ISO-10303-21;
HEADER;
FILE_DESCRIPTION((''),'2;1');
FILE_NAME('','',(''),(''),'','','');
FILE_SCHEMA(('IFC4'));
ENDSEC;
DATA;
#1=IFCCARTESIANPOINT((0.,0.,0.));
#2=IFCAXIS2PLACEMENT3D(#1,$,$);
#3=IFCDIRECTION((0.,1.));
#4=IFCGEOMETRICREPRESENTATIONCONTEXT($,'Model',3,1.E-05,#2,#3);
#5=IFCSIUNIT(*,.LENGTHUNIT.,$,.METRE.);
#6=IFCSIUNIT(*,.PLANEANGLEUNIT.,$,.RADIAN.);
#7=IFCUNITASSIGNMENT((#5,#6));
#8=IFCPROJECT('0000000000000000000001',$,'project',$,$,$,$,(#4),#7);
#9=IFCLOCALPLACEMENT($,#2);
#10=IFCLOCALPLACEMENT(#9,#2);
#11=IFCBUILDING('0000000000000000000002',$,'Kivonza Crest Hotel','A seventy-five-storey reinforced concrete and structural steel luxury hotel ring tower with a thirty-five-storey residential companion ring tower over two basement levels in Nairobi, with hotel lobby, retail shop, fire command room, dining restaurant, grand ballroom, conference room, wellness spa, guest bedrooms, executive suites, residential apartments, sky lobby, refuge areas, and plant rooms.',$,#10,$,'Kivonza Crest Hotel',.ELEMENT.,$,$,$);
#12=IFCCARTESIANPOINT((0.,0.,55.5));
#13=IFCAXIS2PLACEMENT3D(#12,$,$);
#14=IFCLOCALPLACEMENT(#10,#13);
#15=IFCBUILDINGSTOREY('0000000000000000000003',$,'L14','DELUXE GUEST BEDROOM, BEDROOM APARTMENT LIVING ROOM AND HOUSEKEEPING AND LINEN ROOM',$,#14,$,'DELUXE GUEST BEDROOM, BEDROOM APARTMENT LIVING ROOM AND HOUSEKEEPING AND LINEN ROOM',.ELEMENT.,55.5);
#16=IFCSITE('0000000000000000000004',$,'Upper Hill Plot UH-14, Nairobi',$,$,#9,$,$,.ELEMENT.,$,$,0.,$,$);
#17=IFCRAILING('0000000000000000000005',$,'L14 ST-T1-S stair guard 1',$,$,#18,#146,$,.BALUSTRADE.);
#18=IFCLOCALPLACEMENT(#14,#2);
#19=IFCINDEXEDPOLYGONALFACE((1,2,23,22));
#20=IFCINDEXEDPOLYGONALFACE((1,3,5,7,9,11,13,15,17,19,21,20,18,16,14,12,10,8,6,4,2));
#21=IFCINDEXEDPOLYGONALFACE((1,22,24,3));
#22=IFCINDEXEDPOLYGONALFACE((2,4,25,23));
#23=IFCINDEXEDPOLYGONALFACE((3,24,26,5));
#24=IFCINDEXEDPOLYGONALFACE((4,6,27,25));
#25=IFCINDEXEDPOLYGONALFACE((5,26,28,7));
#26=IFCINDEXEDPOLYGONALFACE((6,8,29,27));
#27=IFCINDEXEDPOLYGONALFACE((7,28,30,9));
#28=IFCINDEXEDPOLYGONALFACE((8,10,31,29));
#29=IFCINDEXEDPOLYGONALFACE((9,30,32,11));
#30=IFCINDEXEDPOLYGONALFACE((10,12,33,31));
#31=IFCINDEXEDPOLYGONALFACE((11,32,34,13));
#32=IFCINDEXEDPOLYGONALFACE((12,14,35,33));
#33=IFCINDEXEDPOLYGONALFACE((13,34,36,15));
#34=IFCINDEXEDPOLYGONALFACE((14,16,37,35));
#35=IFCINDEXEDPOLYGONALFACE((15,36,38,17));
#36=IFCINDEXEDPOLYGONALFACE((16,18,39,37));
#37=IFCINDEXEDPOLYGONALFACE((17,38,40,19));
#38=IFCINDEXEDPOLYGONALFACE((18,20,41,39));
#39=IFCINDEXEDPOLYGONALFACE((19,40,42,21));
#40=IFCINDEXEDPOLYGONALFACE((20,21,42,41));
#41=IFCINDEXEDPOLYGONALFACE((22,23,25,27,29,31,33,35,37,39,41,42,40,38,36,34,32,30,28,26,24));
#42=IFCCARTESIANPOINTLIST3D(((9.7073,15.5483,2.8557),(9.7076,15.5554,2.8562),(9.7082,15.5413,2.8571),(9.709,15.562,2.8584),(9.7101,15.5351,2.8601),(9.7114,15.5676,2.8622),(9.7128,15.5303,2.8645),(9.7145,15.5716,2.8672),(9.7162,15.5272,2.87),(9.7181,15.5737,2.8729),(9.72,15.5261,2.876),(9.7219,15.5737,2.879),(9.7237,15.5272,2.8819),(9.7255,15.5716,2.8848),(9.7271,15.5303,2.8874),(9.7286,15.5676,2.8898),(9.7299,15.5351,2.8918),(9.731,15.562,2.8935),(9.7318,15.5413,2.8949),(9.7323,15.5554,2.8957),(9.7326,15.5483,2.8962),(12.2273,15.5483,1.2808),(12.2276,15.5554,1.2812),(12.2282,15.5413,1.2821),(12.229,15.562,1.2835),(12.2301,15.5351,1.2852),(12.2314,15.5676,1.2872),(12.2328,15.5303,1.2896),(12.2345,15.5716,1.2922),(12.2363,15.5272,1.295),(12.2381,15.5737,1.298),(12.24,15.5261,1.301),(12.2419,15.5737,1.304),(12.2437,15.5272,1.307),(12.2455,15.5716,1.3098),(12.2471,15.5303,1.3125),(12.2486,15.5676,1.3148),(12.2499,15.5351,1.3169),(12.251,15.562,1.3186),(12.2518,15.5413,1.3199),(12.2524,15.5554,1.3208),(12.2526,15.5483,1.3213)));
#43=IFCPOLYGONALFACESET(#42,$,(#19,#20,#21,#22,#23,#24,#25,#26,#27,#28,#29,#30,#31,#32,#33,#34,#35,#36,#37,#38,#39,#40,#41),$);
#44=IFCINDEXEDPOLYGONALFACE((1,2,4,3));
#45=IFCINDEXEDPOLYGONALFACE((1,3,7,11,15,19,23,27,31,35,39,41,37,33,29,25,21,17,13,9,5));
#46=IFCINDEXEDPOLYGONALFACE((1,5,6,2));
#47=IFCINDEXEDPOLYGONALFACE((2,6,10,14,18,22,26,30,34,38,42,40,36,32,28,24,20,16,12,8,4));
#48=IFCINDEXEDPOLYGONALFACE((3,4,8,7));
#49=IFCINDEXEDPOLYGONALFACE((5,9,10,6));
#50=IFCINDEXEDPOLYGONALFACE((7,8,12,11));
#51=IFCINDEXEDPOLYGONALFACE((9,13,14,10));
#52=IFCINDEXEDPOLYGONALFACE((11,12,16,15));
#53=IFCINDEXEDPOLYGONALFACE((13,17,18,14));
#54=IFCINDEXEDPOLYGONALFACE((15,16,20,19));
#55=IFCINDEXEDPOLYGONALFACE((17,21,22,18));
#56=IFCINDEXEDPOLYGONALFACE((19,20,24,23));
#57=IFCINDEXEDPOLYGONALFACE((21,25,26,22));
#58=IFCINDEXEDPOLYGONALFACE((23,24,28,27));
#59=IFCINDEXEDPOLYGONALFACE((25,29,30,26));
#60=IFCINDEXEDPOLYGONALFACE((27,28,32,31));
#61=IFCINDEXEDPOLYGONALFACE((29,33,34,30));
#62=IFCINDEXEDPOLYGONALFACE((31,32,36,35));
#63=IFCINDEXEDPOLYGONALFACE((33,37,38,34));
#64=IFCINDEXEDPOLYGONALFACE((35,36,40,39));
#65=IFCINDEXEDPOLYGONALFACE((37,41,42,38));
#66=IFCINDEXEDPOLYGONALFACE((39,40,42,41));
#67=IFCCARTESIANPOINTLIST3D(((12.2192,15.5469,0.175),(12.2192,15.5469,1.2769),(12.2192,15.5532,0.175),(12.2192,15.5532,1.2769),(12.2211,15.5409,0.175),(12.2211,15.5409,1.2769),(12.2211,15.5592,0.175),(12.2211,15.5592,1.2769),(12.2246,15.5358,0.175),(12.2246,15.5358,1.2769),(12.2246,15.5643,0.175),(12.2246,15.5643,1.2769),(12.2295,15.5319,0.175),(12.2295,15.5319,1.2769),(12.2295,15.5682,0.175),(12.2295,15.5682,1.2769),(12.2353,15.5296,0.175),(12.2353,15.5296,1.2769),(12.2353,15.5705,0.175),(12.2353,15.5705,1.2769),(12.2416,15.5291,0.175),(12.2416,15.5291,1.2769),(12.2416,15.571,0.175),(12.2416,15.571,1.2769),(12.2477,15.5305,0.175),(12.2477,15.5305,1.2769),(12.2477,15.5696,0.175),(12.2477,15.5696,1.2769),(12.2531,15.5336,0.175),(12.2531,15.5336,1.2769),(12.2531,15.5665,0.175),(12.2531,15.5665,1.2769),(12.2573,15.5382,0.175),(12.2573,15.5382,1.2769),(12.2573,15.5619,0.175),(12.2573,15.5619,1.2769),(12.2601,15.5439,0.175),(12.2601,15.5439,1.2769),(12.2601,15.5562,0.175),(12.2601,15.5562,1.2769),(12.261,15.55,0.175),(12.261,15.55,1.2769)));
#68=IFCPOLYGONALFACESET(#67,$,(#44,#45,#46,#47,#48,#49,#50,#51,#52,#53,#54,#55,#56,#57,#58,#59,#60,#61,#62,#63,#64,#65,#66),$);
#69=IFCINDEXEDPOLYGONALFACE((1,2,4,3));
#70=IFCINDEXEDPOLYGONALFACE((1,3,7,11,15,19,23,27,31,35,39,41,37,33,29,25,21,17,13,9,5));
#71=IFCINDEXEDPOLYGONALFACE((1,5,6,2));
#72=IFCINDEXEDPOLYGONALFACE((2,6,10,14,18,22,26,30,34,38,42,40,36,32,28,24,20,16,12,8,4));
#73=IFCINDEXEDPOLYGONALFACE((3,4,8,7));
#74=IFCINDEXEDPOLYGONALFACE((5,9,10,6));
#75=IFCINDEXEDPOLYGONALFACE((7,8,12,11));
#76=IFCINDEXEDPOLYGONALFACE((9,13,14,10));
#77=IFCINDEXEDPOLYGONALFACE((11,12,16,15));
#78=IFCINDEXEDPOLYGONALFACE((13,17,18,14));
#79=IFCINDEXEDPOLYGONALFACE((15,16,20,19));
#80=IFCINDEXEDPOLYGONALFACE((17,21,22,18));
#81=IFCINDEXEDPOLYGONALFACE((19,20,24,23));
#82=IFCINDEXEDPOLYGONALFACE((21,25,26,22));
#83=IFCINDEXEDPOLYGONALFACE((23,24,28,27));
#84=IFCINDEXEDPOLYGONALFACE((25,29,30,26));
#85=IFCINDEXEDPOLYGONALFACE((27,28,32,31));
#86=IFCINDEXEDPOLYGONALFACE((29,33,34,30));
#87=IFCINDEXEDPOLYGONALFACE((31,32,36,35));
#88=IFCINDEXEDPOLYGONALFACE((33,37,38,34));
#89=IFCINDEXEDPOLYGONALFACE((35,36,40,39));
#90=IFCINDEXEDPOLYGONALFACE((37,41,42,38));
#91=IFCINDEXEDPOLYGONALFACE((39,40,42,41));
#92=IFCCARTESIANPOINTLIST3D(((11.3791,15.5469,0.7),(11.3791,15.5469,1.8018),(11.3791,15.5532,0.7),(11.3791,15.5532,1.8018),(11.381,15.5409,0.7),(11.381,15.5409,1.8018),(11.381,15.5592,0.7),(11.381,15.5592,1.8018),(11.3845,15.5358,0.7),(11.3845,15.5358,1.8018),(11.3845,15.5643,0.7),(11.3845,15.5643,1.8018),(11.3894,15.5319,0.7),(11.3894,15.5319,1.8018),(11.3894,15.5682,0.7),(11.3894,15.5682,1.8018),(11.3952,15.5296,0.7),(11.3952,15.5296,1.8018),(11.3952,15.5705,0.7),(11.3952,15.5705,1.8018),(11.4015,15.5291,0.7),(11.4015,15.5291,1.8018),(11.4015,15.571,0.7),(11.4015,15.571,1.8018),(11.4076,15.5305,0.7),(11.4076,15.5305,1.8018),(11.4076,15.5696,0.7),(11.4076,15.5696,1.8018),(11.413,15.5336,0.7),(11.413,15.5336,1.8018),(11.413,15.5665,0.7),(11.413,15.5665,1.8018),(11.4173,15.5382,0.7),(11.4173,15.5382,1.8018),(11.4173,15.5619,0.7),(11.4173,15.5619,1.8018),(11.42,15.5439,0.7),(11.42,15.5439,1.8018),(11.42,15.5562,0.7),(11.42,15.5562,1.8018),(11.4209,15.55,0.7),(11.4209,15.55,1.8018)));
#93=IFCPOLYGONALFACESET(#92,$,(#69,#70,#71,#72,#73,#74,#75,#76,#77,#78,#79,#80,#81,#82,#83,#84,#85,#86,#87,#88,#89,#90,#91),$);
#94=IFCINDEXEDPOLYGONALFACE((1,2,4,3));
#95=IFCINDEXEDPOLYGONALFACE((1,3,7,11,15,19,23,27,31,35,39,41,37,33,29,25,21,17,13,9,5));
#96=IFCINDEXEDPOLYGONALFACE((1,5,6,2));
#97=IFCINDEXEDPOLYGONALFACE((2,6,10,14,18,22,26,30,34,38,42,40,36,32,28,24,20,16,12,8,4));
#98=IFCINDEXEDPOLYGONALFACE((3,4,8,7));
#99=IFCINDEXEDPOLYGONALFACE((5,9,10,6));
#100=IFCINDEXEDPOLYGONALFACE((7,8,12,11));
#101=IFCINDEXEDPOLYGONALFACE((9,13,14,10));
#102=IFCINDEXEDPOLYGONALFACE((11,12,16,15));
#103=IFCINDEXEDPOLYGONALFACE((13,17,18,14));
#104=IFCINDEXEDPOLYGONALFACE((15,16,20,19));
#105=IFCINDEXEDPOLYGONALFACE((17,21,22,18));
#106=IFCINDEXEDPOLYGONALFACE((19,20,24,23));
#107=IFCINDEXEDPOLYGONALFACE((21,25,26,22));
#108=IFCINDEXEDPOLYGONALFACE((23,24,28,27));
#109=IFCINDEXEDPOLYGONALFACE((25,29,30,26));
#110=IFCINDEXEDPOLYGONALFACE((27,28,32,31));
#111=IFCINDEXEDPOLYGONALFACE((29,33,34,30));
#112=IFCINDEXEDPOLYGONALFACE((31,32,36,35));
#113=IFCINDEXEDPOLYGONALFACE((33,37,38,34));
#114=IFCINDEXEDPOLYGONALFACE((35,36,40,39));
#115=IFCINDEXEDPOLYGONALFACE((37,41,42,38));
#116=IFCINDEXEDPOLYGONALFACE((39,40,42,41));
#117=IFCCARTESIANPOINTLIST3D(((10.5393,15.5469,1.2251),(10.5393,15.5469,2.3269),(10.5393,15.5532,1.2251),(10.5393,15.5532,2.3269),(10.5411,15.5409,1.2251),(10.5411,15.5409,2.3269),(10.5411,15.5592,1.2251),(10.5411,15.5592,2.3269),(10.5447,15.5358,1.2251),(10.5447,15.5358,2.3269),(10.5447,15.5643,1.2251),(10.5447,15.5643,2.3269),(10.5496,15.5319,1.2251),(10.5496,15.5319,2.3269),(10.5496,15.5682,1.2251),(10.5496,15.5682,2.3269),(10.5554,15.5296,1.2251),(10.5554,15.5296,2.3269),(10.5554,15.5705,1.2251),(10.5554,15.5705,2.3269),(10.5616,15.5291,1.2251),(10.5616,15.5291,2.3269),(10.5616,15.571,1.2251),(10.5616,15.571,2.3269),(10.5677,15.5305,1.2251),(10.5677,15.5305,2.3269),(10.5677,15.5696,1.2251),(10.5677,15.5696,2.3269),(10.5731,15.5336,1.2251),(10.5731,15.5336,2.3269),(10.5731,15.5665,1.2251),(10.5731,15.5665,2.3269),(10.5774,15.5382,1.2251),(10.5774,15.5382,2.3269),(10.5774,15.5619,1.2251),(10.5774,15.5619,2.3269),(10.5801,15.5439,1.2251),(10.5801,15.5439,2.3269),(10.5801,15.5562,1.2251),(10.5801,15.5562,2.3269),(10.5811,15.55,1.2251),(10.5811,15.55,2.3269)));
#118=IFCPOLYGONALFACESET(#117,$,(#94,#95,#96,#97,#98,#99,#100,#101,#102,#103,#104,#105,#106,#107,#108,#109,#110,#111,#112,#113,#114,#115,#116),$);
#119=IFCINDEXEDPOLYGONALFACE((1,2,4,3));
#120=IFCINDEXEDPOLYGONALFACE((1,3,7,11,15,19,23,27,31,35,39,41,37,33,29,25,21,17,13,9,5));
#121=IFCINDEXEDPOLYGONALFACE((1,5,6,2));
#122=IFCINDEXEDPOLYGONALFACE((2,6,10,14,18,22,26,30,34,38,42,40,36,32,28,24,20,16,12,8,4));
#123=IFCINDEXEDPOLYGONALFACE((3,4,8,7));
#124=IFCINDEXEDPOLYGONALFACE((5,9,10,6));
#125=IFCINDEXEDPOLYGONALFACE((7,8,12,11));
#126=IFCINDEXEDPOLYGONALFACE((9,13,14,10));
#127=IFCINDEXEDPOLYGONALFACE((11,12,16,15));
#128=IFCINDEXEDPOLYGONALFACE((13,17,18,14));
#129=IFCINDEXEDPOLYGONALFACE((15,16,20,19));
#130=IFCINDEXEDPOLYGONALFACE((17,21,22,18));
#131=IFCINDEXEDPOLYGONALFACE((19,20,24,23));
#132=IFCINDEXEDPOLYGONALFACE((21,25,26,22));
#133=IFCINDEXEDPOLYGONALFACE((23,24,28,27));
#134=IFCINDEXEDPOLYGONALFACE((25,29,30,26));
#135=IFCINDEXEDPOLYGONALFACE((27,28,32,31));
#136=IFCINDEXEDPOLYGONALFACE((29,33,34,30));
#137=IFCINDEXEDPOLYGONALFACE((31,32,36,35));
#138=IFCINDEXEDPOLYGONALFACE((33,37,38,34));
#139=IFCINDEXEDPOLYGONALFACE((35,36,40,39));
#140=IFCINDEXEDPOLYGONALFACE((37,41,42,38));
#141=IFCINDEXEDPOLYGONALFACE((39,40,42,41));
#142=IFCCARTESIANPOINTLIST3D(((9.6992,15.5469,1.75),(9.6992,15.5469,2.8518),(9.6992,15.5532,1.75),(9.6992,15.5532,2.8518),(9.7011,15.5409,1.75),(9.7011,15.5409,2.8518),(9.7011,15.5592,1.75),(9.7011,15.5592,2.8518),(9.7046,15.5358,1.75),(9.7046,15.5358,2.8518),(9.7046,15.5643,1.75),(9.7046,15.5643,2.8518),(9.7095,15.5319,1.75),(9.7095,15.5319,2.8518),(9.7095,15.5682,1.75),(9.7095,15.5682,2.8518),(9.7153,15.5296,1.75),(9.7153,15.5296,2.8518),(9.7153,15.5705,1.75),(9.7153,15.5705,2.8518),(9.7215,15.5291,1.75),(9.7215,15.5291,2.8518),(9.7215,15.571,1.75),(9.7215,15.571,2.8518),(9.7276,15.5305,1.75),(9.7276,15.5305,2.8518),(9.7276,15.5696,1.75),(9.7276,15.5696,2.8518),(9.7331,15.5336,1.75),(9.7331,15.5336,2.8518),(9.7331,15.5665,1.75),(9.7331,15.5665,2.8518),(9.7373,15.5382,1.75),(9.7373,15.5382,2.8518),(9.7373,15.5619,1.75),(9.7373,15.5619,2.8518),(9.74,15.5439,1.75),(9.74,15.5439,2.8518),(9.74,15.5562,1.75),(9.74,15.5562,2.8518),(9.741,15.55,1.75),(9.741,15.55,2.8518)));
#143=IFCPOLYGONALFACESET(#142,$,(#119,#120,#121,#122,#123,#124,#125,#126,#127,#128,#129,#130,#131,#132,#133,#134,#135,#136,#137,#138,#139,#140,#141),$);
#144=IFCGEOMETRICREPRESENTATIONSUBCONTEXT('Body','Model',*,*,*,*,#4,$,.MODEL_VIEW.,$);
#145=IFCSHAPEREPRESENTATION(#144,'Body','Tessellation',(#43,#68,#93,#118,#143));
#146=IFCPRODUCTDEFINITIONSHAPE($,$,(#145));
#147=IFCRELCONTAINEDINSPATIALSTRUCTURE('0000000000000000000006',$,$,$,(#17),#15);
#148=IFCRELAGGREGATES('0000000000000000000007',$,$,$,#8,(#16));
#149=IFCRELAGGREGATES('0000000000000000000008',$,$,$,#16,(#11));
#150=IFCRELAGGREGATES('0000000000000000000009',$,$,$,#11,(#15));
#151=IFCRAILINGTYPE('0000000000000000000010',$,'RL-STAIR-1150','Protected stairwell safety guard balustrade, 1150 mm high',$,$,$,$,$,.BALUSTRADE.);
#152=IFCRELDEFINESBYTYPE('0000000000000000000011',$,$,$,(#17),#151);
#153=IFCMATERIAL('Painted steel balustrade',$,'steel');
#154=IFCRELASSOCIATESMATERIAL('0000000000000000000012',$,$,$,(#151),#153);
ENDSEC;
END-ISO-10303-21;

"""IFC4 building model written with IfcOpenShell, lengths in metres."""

from ifc_helpers import new_model, si_unit, direction, frame, origin, origin_2d, place, context, subcontext, project, spatial, circle, extrude, material, type_object, element, save


model = new_model("IFC4")

# Units and contexts
model_context = context("Model", 3, precision=1e-05, world=origin(), true_north=direction((0.0, 1.0)))
body_context = subcontext(model_context, "Body", "Model", "MODEL_VIEW")
ifc_project = project(units=[si_unit("LENGTHUNIT", "METRE"), si_unit("PLANEANGLEUNIT", "RADIAN")], contexts=[model_context])

# Site, building, storey
site_placement = place(None, origin())
site = spatial("IfcSite", under=ifc_project, at=site_placement, Name="Upper Hill Plot UH-14, Nairobi", CompositionType="ELEMENT", RefElevation=0.0)
building_placement = place(site_placement, origin())
building = spatial("IfcBuilding", under=site, at=building_placement, Name="Kivonza Crest Hotel", Description="A seventy-five-storey reinforced concrete and structural steel luxury hotel ring tower with a thirty-five-storey residential companion ring tower over two basement levels in Nairobi, with hotel lobby, retail shop, fire command room, dining restaurant, grand ballroom, conference room, wellness spa, guest bedrooms, executive suites, residential apartments, sky lobby, refuge areas, and plant rooms.", LongName="Kivonza Crest Hotel", CompositionType="ELEMENT")
storey_placement = place(building_placement, frame((0.0, 0.0, 55.5)))
storey = spatial("IfcBuildingStorey", under=building, at=storey_placement, Name="L14", Description="DELUXE GUEST BEDROOM, BEDROOM APARTMENT LIVING ROOM AND HOUSEKEEPING AND LINEN ROOM", LongName="DELUXE GUEST BEDROOM, BEDROOM APARTMENT LIVING ROOM AND HOUSEKEEPING AND LINEN ROOM", CompositionType="ELEMENT", Elevation=55.5)

# Railing
ifc_material_1 = material(Name="Painted steel balustrade", Category="steel")
railing_type_1 = type_object("IfcRailingType", Name="RL-STAIR-1150", Description="Protected stairwell safety guard balustrade, 1150 mm high", PredefinedType="BALUSTRADE", material=ifc_material_1)
railing_1_placement = place(storey_placement, frame((12.24, 15.55, 0.175)))
element("IfcRailing", 1, at=railing_1_placement, inside=storey, type_object=railing_type_1, Name="L14 ST-T1-S stair guard 1", PredefinedType="BALUSTRADE", context=body_context, shape_type="SweptSolid", body=[
    extrude(circle(Radius=0.0239, at=origin_2d()), frame((0.0, 0.0, 1.126), z_axis=(-0.848008, 0.0, 0.529984), x_axis=(0.0, -1.0, 0.0)), (0.0, 0.0, 1.0), 2.9717),
    extrude(circle(Radius=0.021, at=origin_2d()), origin(), (0.0, 0.0, 1.0), 1.1018),
    extrude(circle(Radius=0.021, at=origin_2d()), frame((-0.8401, 0.0, 0.5249)), (0.0, 0.0, 1.0), 1.1018),
    extrude(circle(Radius=0.021, at=origin_2d()), frame((-1.6799, 0.0, 1.05)), (0.0, 0.0, 1.0), 1.1018),
    extrude(circle(Radius=0.021, at=origin_2d()), frame((-2.52, 0.0, 1.575)), (0.0, 0.0, 1.0), 1.1018),
])

save(model, "model.ifc")
